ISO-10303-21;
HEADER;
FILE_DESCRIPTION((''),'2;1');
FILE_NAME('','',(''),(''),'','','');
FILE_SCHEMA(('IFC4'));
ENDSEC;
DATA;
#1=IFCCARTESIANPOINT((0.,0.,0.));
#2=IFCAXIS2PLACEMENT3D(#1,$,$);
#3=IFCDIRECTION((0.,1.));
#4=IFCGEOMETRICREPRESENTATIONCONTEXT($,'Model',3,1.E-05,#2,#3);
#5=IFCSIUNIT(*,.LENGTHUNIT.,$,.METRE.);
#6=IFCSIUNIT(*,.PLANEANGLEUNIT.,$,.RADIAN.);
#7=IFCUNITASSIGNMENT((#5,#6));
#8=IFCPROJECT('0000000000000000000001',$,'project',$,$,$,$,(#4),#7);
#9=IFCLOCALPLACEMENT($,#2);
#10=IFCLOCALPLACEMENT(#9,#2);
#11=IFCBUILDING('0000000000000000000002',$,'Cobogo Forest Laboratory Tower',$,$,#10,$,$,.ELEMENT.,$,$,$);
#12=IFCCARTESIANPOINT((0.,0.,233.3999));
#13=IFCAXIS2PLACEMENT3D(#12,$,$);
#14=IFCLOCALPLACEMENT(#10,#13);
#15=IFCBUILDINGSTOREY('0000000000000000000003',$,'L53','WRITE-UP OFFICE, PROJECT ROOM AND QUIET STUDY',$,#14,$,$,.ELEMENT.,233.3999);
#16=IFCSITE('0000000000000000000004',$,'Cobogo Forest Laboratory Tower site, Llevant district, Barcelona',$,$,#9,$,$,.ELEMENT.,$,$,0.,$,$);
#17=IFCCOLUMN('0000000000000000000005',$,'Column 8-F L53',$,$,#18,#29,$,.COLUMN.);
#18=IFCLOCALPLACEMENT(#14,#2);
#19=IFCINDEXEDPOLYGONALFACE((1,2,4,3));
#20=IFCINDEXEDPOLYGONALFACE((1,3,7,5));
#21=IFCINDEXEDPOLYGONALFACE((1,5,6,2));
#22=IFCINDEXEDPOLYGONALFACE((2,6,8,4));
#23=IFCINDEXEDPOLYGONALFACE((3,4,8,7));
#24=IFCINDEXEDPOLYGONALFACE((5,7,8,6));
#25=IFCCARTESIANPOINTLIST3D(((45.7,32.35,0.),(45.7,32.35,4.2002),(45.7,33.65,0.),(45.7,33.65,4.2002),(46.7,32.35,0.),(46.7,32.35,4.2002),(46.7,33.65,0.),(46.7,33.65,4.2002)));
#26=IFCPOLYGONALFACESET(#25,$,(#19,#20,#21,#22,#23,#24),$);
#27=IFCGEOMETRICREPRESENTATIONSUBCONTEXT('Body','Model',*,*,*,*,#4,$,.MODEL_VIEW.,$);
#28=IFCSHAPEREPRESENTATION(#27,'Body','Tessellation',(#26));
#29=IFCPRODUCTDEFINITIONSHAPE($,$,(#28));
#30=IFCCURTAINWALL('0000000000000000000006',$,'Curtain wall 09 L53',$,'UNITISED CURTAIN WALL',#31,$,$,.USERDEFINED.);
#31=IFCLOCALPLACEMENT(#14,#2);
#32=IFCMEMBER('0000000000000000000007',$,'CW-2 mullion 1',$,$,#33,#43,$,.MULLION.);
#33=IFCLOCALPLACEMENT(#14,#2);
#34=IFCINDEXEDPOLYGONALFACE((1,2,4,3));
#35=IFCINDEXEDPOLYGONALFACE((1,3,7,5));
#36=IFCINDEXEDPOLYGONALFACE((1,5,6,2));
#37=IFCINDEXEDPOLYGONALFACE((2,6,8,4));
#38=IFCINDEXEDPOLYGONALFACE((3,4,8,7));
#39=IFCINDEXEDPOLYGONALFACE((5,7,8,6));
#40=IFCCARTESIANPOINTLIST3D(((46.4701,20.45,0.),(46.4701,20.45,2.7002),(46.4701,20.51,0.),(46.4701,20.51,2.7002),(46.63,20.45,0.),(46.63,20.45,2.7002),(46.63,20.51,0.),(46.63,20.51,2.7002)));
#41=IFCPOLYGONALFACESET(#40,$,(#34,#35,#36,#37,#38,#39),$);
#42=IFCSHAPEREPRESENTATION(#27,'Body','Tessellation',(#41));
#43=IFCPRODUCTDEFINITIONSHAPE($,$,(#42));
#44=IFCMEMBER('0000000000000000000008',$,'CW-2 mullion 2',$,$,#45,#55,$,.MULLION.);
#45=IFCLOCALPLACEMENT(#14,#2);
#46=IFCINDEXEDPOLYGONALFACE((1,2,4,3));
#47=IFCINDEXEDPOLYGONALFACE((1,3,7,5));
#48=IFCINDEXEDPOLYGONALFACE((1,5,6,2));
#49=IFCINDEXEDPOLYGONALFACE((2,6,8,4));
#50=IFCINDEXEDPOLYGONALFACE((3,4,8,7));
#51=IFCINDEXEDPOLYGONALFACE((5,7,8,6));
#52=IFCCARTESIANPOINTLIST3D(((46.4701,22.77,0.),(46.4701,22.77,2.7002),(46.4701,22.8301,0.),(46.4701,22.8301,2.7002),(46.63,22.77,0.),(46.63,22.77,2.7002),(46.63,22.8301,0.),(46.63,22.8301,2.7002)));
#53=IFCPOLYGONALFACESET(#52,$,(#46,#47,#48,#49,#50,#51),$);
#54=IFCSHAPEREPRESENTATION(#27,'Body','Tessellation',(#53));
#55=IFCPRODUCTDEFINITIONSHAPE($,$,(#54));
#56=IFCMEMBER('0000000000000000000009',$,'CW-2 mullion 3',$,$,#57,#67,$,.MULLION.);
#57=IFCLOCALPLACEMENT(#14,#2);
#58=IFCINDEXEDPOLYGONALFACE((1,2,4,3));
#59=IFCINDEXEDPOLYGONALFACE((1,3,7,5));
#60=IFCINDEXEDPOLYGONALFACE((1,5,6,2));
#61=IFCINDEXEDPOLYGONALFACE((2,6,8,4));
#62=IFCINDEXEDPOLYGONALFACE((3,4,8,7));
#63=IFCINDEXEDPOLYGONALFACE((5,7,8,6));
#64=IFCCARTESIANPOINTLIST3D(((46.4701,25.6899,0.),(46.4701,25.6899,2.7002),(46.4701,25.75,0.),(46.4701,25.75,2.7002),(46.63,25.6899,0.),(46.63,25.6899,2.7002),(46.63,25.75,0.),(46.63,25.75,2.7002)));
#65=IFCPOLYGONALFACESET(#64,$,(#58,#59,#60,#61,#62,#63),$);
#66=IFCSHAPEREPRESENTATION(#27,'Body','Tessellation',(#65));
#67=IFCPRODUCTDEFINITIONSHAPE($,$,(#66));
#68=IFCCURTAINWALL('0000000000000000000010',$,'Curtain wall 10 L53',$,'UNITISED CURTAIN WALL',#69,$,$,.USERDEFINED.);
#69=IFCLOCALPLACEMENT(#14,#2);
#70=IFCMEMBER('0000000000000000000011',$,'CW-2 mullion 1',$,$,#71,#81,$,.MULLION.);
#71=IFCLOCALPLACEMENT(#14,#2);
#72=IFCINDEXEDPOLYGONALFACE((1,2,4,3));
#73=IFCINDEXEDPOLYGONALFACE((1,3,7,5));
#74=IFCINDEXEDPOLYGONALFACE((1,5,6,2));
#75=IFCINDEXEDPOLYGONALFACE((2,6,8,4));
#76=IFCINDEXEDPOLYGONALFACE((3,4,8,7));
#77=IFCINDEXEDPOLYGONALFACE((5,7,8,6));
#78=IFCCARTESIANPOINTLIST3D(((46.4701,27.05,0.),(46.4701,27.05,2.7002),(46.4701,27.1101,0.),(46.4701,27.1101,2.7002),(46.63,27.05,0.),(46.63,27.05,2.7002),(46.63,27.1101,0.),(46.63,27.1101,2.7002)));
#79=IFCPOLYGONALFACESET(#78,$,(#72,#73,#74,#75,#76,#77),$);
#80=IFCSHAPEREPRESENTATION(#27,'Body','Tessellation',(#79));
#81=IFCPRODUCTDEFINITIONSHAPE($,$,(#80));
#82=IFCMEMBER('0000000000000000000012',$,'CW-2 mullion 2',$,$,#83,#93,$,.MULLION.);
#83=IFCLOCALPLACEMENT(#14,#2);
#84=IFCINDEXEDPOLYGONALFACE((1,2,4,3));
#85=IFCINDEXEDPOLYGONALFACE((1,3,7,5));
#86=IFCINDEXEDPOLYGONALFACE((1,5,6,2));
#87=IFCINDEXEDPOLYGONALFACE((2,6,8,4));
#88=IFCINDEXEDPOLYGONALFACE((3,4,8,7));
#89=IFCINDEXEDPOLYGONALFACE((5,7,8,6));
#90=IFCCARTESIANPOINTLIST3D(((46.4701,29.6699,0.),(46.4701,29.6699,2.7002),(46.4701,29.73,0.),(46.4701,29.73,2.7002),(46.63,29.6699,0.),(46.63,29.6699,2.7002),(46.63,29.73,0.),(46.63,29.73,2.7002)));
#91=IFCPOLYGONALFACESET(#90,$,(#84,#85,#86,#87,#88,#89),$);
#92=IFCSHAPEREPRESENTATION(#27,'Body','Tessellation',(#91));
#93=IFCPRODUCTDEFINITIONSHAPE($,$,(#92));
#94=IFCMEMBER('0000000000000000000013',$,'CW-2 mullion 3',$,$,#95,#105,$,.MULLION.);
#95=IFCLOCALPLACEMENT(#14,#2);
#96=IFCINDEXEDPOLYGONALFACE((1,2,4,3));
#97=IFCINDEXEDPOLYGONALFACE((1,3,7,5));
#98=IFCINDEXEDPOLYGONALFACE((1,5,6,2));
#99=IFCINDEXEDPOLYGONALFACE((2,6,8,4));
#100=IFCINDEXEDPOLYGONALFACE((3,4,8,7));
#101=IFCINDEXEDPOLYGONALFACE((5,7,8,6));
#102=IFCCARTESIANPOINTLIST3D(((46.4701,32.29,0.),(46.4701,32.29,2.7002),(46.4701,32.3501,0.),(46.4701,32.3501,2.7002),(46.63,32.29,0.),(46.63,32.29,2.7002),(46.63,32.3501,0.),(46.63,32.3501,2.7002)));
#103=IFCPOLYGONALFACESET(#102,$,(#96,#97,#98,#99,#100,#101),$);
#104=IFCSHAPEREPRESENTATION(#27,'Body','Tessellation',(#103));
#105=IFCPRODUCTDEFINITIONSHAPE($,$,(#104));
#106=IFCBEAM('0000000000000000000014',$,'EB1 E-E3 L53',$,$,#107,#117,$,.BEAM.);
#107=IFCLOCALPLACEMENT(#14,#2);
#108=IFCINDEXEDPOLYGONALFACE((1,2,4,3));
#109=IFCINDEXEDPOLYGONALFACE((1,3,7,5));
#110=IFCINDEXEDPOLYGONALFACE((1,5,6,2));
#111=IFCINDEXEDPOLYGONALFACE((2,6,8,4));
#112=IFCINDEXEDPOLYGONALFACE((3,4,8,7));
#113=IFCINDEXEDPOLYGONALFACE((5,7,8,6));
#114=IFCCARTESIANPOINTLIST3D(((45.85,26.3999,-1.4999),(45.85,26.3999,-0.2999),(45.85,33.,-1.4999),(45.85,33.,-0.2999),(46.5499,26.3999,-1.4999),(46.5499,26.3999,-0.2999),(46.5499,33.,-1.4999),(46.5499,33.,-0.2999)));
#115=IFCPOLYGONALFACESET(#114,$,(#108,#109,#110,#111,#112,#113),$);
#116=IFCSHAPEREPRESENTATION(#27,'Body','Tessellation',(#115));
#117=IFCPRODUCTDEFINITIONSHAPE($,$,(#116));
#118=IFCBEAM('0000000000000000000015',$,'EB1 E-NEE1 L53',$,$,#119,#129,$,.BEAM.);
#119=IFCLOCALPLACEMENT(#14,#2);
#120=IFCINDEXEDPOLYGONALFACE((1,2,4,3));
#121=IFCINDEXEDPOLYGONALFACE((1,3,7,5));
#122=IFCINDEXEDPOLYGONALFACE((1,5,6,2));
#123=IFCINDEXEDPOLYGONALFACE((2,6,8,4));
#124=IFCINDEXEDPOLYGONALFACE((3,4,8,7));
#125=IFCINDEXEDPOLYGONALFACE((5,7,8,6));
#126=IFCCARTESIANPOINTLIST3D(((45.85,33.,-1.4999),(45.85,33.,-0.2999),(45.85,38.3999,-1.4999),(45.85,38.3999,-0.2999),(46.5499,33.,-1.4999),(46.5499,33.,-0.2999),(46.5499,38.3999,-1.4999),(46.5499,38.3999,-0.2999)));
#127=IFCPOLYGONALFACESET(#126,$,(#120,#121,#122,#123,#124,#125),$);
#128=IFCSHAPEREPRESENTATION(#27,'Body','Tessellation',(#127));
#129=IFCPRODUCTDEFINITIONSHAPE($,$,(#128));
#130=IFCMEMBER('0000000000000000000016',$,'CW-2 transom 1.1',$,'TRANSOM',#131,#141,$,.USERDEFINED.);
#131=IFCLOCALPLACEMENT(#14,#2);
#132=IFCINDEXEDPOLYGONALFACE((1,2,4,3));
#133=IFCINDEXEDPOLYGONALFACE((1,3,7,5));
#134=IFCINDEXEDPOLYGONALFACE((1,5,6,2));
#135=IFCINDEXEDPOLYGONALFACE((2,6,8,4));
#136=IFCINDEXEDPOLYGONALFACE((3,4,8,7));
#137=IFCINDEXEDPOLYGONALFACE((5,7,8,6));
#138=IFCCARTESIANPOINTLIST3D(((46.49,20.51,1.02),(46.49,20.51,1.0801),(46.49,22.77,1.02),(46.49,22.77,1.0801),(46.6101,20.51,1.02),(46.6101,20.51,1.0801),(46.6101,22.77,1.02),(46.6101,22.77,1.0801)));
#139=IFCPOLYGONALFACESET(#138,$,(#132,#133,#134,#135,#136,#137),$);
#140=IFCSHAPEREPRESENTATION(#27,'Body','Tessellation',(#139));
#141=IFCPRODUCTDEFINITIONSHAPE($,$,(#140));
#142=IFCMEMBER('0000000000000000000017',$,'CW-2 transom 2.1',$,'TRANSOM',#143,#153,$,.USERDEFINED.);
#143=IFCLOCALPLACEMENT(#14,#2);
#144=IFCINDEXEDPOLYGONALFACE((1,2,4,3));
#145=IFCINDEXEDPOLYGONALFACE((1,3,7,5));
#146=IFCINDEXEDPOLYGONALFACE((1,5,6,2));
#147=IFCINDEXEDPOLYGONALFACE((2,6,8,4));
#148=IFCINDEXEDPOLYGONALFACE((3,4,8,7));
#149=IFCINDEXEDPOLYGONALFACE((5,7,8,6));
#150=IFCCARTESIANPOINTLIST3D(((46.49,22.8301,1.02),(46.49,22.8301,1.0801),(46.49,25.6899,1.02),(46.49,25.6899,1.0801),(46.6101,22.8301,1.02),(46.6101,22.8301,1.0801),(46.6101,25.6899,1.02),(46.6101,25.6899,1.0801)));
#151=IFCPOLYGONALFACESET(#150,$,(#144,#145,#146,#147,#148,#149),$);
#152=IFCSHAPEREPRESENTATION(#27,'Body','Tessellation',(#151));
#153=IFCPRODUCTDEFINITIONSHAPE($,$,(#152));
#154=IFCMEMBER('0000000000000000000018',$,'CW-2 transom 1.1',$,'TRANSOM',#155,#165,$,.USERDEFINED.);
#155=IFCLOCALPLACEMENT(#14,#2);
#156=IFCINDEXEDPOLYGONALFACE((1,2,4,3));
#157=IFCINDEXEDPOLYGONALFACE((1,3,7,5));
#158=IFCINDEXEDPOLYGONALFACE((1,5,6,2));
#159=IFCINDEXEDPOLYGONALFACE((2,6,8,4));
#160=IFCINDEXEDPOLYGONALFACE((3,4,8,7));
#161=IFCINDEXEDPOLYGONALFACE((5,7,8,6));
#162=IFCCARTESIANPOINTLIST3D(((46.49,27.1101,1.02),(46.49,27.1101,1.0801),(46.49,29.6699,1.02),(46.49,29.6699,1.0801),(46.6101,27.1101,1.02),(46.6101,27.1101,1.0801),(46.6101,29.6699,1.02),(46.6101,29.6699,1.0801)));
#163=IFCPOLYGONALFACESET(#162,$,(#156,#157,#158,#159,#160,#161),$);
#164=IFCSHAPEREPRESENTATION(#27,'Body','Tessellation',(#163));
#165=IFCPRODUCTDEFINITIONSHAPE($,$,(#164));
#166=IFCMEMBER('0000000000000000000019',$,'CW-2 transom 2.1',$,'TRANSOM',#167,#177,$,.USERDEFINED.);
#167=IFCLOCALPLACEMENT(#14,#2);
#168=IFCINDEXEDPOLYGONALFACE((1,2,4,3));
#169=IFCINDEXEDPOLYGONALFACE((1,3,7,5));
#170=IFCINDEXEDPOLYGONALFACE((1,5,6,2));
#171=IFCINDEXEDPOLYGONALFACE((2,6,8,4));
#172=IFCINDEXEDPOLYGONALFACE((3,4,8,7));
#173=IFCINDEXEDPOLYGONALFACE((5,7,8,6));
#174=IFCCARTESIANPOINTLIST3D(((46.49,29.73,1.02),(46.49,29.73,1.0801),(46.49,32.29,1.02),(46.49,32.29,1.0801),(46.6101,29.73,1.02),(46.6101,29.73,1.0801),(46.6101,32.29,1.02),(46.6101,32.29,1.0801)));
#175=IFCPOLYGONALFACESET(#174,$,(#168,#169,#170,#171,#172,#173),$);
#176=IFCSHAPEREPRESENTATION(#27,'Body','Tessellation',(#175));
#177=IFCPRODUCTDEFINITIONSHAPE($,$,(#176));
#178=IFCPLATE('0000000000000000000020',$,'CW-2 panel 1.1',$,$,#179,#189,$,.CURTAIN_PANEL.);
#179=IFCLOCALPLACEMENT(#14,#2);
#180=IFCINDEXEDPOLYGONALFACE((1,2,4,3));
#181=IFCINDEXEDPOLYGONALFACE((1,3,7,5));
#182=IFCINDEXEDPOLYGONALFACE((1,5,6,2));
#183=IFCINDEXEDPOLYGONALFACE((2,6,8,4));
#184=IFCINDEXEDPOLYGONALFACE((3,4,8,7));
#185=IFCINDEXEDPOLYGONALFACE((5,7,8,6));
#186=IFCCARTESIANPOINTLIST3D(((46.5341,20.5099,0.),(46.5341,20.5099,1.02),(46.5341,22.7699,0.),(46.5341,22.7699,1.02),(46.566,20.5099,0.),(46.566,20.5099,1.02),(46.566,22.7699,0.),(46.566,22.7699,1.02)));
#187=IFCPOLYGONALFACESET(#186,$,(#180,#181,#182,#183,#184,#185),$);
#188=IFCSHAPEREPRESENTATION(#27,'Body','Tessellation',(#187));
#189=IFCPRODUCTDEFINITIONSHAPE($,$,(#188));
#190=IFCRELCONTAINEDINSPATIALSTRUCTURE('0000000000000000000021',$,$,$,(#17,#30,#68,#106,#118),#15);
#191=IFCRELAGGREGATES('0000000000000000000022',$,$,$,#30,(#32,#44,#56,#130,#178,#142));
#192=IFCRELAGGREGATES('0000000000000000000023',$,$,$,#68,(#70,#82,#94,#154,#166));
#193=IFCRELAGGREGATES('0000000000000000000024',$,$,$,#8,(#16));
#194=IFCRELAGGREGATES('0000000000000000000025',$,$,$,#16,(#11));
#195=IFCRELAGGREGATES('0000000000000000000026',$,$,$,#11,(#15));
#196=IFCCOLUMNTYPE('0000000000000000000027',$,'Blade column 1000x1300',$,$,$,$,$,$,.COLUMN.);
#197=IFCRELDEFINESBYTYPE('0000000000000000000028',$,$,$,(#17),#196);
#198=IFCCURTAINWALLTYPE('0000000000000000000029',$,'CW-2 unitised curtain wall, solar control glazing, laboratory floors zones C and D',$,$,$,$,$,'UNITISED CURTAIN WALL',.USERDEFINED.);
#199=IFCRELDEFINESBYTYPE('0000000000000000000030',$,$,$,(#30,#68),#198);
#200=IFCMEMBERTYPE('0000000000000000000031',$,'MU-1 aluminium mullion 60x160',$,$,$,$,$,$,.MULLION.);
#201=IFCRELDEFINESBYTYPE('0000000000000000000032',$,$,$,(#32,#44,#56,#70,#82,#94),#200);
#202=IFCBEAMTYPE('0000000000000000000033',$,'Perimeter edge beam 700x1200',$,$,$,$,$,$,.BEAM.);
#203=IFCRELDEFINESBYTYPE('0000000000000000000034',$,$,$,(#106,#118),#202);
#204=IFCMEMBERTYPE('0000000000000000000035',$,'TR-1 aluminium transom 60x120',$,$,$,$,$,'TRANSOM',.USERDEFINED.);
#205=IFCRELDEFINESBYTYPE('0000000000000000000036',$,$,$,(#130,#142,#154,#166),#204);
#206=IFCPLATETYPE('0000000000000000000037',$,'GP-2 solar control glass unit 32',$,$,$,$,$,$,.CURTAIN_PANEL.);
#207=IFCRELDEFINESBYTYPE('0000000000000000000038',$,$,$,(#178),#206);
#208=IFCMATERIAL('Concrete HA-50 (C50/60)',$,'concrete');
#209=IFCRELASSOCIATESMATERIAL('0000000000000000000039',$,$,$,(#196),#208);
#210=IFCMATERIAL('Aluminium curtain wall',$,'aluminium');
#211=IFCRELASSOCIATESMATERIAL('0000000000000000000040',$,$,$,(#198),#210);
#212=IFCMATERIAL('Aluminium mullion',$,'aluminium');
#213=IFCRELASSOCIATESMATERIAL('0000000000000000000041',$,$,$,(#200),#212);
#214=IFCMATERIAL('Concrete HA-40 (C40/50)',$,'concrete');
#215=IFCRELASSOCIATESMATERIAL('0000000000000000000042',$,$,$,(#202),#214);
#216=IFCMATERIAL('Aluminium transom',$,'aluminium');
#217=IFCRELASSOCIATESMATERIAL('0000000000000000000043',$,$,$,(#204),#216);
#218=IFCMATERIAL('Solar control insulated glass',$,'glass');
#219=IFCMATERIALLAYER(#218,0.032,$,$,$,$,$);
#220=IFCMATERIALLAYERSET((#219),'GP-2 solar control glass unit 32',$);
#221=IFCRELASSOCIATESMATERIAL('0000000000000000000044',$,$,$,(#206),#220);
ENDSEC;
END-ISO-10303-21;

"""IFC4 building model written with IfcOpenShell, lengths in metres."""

from ifc_helpers import new_model, si_unit, direction, frame, origin, origin_2d, place, context, subcontext, project, spatial, rectangle, extrude, material, layer, layer_set, material_profile, profile_set, type_object, element, aggregate, save


model = new_model("IFC4")

# Units and contexts
model_context = context("Model", 3, precision=1e-05, world=origin(), true_north=direction((0.0, 1.0)))
body_context = subcontext(model_context, "Body", "Model", "MODEL_VIEW")
ifc_project = project(units=[si_unit("LENGTHUNIT", "METRE"), si_unit("PLANEANGLEUNIT", "RADIAN")], contexts=[model_context])

# Site, building, storey
site_placement = place(None, origin())
site = spatial("IfcSite", under=ifc_project, at=site_placement, Name="Cobogo Forest Laboratory Tower site, Llevant district, Barcelona", CompositionType="ELEMENT", RefElevation=0.0)
building_placement = place(site_placement, origin())
building = spatial("IfcBuilding", under=site, at=building_placement, Name="Cobogo Forest Laboratory Tower", CompositionType="ELEMENT")
storey_placement = place(building_placement, frame((0.0, 0.0, 233.3999)))
storey = spatial("IfcBuildingStorey", under=building, at=storey_placement, Name="L53", Description="WRITE-UP OFFICE, PROJECT ROOM AND QUIET STUDY", CompositionType="ELEMENT", Elevation=233.3999)

# Column
ifc_material_1 = material(Name="Concrete HA-50 (C50/60)", Category="concrete")
ifc_material_profile_1 = material_profile(ifc_material_1, rectangle(XDim=1.3, YDim=1.0, at=origin_2d()), Name="RC 1000x1300")
ifc_profile_set_1 = profile_set([ifc_material_profile_1], Name="Concrete HA-50 (C50/60)")
column_type = type_object("IfcColumnType", Name="Blade column 1000x1300", PredefinedType="COLUMN", material=ifc_profile_set_1)
column_placement = place(storey_placement, frame((46.2, 33.0, 0.0), z_axis=(0.0, 0.0, 1.0), x_axis=(0.0, 1.0, 0.0)))
element("IfcColumn", 1, at=column_placement, inside=storey, type_object=column_type, Name="Column 8-F L53", PredefinedType="COLUMN", context=body_context, shape_type="SweptSolid", body=[
    extrude(rectangle(XDim=1.3, YDim=1.0, at=origin_2d()), origin(), (0.0, 0.0, 1.0), 4.2002),
])

# Curtain walls, members
ifc_material_2 = material(Name="Aluminium curtain wall", Category="aluminium")
curtain_wall_type = type_object("IfcCurtainWallType", Name="CW-2 unitised curtain wall, solar control glazing, laboratory floors zones C and D", ElementType="UNITISED CURTAIN WALL", PredefinedType="USERDEFINED", material=ifc_material_2)
curtain_wall_1_placement = place(storey_placement, origin())
curtain_wall_1 = element("IfcCurtainWall", 2, at=curtain_wall_1_placement, inside=storey, type_object=curtain_wall_type, Name="Curtain wall 09 L53", ObjectType="UNITISED CURTAIN WALL", PredefinedType="USERDEFINED")
ifc_material_3 = material(Name="Aluminium mullion", Category="aluminium")
ifc_material_profile_2 = material_profile(ifc_material_3, rectangle(XDim=0.0601, YDim=0.1599, at=origin_2d()), Name="AL 60x160")
ifc_profile_set_2 = profile_set([ifc_material_profile_2], Name="Aluminium mullion")
member_type_1 = type_object("IfcMemberType", Name="MU-1 aluminium mullion 60x160", PredefinedType="MULLION", material=ifc_profile_set_2)
member_1_placement = place(storey_placement, frame((46.55, 20.48, 0.0), z_axis=(0.0, 0.0, 1.0), x_axis=(0.0, 1.0, 0.0)))
member_1 = element("IfcMember", 3, at=member_1_placement, type_object=member_type_1, Name="CW-2 mullion 1", PredefinedType="MULLION", context=body_context, shape_type="SweptSolid", body=[
    extrude(rectangle(XDim=0.0601, YDim=0.1599, at=origin_2d()), origin(), (0.0, 0.0, 1.0), 2.7002),
])
member_2_placement = place(storey_placement, frame((46.55, 22.8, 0.0), z_axis=(0.0, 0.0, 1.0), x_axis=(0.0, 1.0, 0.0)))
member_2 = element("IfcMember", 4, at=member_2_placement, type_object=member_type_1, Name="CW-2 mullion 2", PredefinedType="MULLION", context=body_context, shape_type="SweptSolid", body=[
    extrude(rectangle(XDim=0.0601, YDim=0.1599, at=origin_2d()), origin(), (0.0, 0.0, 1.0), 2.7002),
])
member_3_placement = place(storey_placement, frame((46.55, 25.72, 0.0), z_axis=(0.0, 0.0, 1.0), x_axis=(0.0, 1.0, 0.0)))
member_3 = element("IfcMember", 5, at=member_3_placement, type_object=member_type_1, Name="CW-2 mullion 3", PredefinedType="MULLION", context=body_context, shape_type="SweptSolid", body=[
    extrude(rectangle(XDim=0.0601, YDim=0.1599, at=origin_2d()), origin(), (0.0, 0.0, 1.0), 2.7002),
])
curtain_wall_2_placement = place(storey_placement, origin())
curtain_wall_2 = element("IfcCurtainWall", 6, at=curtain_wall_2_placement, inside=storey, type_object=curtain_wall_type, Name="Curtain wall 10 L53", ObjectType="UNITISED CURTAIN WALL", PredefinedType="USERDEFINED")
member_4_placement = place(storey_placement, frame((46.55, 27.0801, 0.0), z_axis=(0.0, 0.0, 1.0), x_axis=(0.0, 1.0, 0.0)))
member_4 = element("IfcMember", 7, at=member_4_placement, type_object=member_type_1, Name="CW-2 mullion 1", PredefinedType="MULLION", context=body_context, shape_type="SweptSolid", body=[
    extrude(rectangle(XDim=0.0601, YDim=0.1599, at=origin_2d()), origin(), (0.0, 0.0, 1.0), 2.7002),
])
member_5_placement = place(storey_placement, frame((46.55, 29.7, 0.0), z_axis=(0.0, 0.0, 1.0), x_axis=(0.0, 1.0, 0.0)))
member_5 = element("IfcMember", 8, at=member_5_placement, type_object=member_type_1, Name="CW-2 mullion 2", PredefinedType="MULLION", context=body_context, shape_type="SweptSolid", body=[
    extrude(rectangle(XDim=0.0601, YDim=0.1599, at=origin_2d()), origin(), (0.0, 0.0, 1.0), 2.7002),
])
member_6_placement = place(storey_placement, frame((46.55, 32.3201, 0.0), z_axis=(0.0, 0.0, 1.0), x_axis=(0.0, 1.0, 0.0)))
member_6 = element("IfcMember", 9, at=member_6_placement, type_object=member_type_1, Name="CW-2 mullion 3", PredefinedType="MULLION", context=body_context, shape_type="SweptSolid", body=[
    extrude(rectangle(XDim=0.0601, YDim=0.1599, at=origin_2d()), origin(), (0.0, 0.0, 1.0), 2.7002),
])

# Beams
ifc_material_4 = material(Name="Concrete HA-40 (C40/50)", Category="concrete")
ifc_material_profile_3 = material_profile(ifc_material_4, rectangle(XDim=0.7, YDim=1.2, at=origin_2d()), Name="RC 700x1200")
ifc_profile_set_3 = profile_set([ifc_material_profile_3], Name="Concrete HA-40 (C40/50)")
beam_type = type_object("IfcBeamType", Name="Perimeter edge beam 700x1200", PredefinedType="BEAM", material=ifc_profile_set_3)
beam_1_placement = place(storey_placement, frame((46.2, 26.3999, -0.8999), z_axis=(0.0, 1.0, 0.0), x_axis=(-1.0, 0.0, 0.0)))
element("IfcBeam", 10, at=beam_1_placement, inside=storey, type_object=beam_type, Name="EB1 E-E3 L53", PredefinedType="BEAM", context=body_context, shape_type="SweptSolid", body=[
    extrude(rectangle(XDim=0.7, YDim=1.2, at=origin_2d()), origin(), (0.0, 0.0, 1.0), 6.6001),
])
beam_2_placement = place(storey_placement, frame((46.2, 33.0, -0.8999), z_axis=(0.0, 1.0, 0.0), x_axis=(-1.0, 0.0, 0.0)))
element("IfcBeam", 11, at=beam_2_placement, inside=storey, type_object=beam_type, Name="EB1 E-NEE1 L53", PredefinedType="BEAM", context=body_context, shape_type="SweptSolid", body=[
    extrude(rectangle(XDim=0.7, YDim=1.2, at=origin_2d()), origin(), (0.0, 0.0, 1.0), 5.3999),
])

# Members
ifc_material_5 = material(Name="Aluminium transom", Category="aluminium")
ifc_material_profile_4 = material_profile(ifc_material_5, rectangle(XDim=0.1201, YDim=0.0601, at=origin_2d()), Name="AL 60x120")
ifc_profile_set_4 = profile_set([ifc_material_profile_4], Name="Aluminium transom")
member_type_2 = type_object("IfcMemberType", Name="TR-1 aluminium transom 60x120", ElementType="TRANSOM", PredefinedType="USERDEFINED", material=ifc_profile_set_4)
member_7_placement = place(storey_placement, frame((46.55, 20.51, 1.05), z_axis=(0.0, 1.0, 0.0), x_axis=(-1.0, 0.0, 0.0)))
member_7 = element("IfcMember", 12, at=member_7_placement, type_object=member_type_2, Name="CW-2 transom 1.1", ObjectType="TRANSOM", PredefinedType="USERDEFINED", context=body_context, shape_type="SweptSolid", body=[
    extrude(rectangle(XDim=0.1201, YDim=0.0601, at=origin_2d()), origin(), (0.0, 0.0, 1.0), 2.26),
])
member_8_placement = place(storey_placement, frame((46.55, 22.8301, 1.05), z_axis=(0.0, 1.0, 0.0), x_axis=(-1.0, 0.0, 0.0)))
member_8 = element("IfcMember", 13, at=member_8_placement, type_object=member_type_2, Name="CW-2 transom 2.1", ObjectType="TRANSOM", PredefinedType="USERDEFINED", context=body_context, shape_type="SweptSolid", body=[
    extrude(rectangle(XDim=0.1201, YDim=0.0601, at=origin_2d()), origin(), (0.0, 0.0, 1.0), 2.8599),
])
member_9_placement = place(storey_placement, frame((46.55, 27.1101, 1.05), z_axis=(0.0, 1.0, 0.0), x_axis=(-1.0, 0.0, 0.0)))
member_9 = element("IfcMember", 14, at=member_9_placement, type_object=member_type_2, Name="CW-2 transom 1.1", ObjectType="TRANSOM", PredefinedType="USERDEFINED", context=body_context, shape_type="SweptSolid", body=[
    extrude(rectangle(XDim=0.1201, YDim=0.0601, at=origin_2d()), origin(), (0.0, 0.0, 1.0), 2.5598),
])
member_10_placement = place(storey_placement, frame((46.55, 29.73, 1.05), z_axis=(0.0, 1.0, 0.0), x_axis=(-1.0, 0.0, 0.0)))
member_10 = element("IfcMember", 15, at=member_10_placement, type_object=member_type_2, Name="CW-2 transom 2.1", ObjectType="TRANSOM", PredefinedType="USERDEFINED", context=body_context, shape_type="SweptSolid", body=[
    extrude(rectangle(XDim=0.1201, YDim=0.0601, at=origin_2d()), origin(), (0.0, 0.0, 1.0), 2.5601),
])

# Plate
ifc_material_6 = material(Name="Solar control insulated glass", Category="glass")
ifc_layer_1 = layer(ifc_material_6, 0.032)
ifc_layer_set_1 = layer_set([ifc_layer_1], Name="GP-2 solar control glass unit 32")
plate_type_1 = type_object("IfcPlateType", Name="GP-2 solar control glass unit 32", PredefinedType="CURTAIN_PANEL", material=ifc_layer_set_1)
plate_1_placement = place(storey_placement, frame((46.55, 21.6399, 0.0), z_axis=(0.0, 0.0, 1.0), x_axis=(0.0, 1.0, 0.0)))
plate_1 = element("IfcPlate", 16, at=plate_1_placement, type_object=plate_type_1, Name="CW-2 panel 1.1", PredefinedType="CURTAIN_PANEL", context=body_context, shape_type="SweptSolid", body=[
    extrude(rectangle(XDim=2.26, YDim=0.032, at=origin_2d()), origin(), (0.0, 0.0, 1.0), 1.02),
])
aggregate(curtain_wall_1, [member_1, member_2, member_3, member_7, plate_1, member_8])
aggregate(curtain_wall_2, [member_4, member_5, member_6, member_9, member_10])

save(model, "model.ifc")
